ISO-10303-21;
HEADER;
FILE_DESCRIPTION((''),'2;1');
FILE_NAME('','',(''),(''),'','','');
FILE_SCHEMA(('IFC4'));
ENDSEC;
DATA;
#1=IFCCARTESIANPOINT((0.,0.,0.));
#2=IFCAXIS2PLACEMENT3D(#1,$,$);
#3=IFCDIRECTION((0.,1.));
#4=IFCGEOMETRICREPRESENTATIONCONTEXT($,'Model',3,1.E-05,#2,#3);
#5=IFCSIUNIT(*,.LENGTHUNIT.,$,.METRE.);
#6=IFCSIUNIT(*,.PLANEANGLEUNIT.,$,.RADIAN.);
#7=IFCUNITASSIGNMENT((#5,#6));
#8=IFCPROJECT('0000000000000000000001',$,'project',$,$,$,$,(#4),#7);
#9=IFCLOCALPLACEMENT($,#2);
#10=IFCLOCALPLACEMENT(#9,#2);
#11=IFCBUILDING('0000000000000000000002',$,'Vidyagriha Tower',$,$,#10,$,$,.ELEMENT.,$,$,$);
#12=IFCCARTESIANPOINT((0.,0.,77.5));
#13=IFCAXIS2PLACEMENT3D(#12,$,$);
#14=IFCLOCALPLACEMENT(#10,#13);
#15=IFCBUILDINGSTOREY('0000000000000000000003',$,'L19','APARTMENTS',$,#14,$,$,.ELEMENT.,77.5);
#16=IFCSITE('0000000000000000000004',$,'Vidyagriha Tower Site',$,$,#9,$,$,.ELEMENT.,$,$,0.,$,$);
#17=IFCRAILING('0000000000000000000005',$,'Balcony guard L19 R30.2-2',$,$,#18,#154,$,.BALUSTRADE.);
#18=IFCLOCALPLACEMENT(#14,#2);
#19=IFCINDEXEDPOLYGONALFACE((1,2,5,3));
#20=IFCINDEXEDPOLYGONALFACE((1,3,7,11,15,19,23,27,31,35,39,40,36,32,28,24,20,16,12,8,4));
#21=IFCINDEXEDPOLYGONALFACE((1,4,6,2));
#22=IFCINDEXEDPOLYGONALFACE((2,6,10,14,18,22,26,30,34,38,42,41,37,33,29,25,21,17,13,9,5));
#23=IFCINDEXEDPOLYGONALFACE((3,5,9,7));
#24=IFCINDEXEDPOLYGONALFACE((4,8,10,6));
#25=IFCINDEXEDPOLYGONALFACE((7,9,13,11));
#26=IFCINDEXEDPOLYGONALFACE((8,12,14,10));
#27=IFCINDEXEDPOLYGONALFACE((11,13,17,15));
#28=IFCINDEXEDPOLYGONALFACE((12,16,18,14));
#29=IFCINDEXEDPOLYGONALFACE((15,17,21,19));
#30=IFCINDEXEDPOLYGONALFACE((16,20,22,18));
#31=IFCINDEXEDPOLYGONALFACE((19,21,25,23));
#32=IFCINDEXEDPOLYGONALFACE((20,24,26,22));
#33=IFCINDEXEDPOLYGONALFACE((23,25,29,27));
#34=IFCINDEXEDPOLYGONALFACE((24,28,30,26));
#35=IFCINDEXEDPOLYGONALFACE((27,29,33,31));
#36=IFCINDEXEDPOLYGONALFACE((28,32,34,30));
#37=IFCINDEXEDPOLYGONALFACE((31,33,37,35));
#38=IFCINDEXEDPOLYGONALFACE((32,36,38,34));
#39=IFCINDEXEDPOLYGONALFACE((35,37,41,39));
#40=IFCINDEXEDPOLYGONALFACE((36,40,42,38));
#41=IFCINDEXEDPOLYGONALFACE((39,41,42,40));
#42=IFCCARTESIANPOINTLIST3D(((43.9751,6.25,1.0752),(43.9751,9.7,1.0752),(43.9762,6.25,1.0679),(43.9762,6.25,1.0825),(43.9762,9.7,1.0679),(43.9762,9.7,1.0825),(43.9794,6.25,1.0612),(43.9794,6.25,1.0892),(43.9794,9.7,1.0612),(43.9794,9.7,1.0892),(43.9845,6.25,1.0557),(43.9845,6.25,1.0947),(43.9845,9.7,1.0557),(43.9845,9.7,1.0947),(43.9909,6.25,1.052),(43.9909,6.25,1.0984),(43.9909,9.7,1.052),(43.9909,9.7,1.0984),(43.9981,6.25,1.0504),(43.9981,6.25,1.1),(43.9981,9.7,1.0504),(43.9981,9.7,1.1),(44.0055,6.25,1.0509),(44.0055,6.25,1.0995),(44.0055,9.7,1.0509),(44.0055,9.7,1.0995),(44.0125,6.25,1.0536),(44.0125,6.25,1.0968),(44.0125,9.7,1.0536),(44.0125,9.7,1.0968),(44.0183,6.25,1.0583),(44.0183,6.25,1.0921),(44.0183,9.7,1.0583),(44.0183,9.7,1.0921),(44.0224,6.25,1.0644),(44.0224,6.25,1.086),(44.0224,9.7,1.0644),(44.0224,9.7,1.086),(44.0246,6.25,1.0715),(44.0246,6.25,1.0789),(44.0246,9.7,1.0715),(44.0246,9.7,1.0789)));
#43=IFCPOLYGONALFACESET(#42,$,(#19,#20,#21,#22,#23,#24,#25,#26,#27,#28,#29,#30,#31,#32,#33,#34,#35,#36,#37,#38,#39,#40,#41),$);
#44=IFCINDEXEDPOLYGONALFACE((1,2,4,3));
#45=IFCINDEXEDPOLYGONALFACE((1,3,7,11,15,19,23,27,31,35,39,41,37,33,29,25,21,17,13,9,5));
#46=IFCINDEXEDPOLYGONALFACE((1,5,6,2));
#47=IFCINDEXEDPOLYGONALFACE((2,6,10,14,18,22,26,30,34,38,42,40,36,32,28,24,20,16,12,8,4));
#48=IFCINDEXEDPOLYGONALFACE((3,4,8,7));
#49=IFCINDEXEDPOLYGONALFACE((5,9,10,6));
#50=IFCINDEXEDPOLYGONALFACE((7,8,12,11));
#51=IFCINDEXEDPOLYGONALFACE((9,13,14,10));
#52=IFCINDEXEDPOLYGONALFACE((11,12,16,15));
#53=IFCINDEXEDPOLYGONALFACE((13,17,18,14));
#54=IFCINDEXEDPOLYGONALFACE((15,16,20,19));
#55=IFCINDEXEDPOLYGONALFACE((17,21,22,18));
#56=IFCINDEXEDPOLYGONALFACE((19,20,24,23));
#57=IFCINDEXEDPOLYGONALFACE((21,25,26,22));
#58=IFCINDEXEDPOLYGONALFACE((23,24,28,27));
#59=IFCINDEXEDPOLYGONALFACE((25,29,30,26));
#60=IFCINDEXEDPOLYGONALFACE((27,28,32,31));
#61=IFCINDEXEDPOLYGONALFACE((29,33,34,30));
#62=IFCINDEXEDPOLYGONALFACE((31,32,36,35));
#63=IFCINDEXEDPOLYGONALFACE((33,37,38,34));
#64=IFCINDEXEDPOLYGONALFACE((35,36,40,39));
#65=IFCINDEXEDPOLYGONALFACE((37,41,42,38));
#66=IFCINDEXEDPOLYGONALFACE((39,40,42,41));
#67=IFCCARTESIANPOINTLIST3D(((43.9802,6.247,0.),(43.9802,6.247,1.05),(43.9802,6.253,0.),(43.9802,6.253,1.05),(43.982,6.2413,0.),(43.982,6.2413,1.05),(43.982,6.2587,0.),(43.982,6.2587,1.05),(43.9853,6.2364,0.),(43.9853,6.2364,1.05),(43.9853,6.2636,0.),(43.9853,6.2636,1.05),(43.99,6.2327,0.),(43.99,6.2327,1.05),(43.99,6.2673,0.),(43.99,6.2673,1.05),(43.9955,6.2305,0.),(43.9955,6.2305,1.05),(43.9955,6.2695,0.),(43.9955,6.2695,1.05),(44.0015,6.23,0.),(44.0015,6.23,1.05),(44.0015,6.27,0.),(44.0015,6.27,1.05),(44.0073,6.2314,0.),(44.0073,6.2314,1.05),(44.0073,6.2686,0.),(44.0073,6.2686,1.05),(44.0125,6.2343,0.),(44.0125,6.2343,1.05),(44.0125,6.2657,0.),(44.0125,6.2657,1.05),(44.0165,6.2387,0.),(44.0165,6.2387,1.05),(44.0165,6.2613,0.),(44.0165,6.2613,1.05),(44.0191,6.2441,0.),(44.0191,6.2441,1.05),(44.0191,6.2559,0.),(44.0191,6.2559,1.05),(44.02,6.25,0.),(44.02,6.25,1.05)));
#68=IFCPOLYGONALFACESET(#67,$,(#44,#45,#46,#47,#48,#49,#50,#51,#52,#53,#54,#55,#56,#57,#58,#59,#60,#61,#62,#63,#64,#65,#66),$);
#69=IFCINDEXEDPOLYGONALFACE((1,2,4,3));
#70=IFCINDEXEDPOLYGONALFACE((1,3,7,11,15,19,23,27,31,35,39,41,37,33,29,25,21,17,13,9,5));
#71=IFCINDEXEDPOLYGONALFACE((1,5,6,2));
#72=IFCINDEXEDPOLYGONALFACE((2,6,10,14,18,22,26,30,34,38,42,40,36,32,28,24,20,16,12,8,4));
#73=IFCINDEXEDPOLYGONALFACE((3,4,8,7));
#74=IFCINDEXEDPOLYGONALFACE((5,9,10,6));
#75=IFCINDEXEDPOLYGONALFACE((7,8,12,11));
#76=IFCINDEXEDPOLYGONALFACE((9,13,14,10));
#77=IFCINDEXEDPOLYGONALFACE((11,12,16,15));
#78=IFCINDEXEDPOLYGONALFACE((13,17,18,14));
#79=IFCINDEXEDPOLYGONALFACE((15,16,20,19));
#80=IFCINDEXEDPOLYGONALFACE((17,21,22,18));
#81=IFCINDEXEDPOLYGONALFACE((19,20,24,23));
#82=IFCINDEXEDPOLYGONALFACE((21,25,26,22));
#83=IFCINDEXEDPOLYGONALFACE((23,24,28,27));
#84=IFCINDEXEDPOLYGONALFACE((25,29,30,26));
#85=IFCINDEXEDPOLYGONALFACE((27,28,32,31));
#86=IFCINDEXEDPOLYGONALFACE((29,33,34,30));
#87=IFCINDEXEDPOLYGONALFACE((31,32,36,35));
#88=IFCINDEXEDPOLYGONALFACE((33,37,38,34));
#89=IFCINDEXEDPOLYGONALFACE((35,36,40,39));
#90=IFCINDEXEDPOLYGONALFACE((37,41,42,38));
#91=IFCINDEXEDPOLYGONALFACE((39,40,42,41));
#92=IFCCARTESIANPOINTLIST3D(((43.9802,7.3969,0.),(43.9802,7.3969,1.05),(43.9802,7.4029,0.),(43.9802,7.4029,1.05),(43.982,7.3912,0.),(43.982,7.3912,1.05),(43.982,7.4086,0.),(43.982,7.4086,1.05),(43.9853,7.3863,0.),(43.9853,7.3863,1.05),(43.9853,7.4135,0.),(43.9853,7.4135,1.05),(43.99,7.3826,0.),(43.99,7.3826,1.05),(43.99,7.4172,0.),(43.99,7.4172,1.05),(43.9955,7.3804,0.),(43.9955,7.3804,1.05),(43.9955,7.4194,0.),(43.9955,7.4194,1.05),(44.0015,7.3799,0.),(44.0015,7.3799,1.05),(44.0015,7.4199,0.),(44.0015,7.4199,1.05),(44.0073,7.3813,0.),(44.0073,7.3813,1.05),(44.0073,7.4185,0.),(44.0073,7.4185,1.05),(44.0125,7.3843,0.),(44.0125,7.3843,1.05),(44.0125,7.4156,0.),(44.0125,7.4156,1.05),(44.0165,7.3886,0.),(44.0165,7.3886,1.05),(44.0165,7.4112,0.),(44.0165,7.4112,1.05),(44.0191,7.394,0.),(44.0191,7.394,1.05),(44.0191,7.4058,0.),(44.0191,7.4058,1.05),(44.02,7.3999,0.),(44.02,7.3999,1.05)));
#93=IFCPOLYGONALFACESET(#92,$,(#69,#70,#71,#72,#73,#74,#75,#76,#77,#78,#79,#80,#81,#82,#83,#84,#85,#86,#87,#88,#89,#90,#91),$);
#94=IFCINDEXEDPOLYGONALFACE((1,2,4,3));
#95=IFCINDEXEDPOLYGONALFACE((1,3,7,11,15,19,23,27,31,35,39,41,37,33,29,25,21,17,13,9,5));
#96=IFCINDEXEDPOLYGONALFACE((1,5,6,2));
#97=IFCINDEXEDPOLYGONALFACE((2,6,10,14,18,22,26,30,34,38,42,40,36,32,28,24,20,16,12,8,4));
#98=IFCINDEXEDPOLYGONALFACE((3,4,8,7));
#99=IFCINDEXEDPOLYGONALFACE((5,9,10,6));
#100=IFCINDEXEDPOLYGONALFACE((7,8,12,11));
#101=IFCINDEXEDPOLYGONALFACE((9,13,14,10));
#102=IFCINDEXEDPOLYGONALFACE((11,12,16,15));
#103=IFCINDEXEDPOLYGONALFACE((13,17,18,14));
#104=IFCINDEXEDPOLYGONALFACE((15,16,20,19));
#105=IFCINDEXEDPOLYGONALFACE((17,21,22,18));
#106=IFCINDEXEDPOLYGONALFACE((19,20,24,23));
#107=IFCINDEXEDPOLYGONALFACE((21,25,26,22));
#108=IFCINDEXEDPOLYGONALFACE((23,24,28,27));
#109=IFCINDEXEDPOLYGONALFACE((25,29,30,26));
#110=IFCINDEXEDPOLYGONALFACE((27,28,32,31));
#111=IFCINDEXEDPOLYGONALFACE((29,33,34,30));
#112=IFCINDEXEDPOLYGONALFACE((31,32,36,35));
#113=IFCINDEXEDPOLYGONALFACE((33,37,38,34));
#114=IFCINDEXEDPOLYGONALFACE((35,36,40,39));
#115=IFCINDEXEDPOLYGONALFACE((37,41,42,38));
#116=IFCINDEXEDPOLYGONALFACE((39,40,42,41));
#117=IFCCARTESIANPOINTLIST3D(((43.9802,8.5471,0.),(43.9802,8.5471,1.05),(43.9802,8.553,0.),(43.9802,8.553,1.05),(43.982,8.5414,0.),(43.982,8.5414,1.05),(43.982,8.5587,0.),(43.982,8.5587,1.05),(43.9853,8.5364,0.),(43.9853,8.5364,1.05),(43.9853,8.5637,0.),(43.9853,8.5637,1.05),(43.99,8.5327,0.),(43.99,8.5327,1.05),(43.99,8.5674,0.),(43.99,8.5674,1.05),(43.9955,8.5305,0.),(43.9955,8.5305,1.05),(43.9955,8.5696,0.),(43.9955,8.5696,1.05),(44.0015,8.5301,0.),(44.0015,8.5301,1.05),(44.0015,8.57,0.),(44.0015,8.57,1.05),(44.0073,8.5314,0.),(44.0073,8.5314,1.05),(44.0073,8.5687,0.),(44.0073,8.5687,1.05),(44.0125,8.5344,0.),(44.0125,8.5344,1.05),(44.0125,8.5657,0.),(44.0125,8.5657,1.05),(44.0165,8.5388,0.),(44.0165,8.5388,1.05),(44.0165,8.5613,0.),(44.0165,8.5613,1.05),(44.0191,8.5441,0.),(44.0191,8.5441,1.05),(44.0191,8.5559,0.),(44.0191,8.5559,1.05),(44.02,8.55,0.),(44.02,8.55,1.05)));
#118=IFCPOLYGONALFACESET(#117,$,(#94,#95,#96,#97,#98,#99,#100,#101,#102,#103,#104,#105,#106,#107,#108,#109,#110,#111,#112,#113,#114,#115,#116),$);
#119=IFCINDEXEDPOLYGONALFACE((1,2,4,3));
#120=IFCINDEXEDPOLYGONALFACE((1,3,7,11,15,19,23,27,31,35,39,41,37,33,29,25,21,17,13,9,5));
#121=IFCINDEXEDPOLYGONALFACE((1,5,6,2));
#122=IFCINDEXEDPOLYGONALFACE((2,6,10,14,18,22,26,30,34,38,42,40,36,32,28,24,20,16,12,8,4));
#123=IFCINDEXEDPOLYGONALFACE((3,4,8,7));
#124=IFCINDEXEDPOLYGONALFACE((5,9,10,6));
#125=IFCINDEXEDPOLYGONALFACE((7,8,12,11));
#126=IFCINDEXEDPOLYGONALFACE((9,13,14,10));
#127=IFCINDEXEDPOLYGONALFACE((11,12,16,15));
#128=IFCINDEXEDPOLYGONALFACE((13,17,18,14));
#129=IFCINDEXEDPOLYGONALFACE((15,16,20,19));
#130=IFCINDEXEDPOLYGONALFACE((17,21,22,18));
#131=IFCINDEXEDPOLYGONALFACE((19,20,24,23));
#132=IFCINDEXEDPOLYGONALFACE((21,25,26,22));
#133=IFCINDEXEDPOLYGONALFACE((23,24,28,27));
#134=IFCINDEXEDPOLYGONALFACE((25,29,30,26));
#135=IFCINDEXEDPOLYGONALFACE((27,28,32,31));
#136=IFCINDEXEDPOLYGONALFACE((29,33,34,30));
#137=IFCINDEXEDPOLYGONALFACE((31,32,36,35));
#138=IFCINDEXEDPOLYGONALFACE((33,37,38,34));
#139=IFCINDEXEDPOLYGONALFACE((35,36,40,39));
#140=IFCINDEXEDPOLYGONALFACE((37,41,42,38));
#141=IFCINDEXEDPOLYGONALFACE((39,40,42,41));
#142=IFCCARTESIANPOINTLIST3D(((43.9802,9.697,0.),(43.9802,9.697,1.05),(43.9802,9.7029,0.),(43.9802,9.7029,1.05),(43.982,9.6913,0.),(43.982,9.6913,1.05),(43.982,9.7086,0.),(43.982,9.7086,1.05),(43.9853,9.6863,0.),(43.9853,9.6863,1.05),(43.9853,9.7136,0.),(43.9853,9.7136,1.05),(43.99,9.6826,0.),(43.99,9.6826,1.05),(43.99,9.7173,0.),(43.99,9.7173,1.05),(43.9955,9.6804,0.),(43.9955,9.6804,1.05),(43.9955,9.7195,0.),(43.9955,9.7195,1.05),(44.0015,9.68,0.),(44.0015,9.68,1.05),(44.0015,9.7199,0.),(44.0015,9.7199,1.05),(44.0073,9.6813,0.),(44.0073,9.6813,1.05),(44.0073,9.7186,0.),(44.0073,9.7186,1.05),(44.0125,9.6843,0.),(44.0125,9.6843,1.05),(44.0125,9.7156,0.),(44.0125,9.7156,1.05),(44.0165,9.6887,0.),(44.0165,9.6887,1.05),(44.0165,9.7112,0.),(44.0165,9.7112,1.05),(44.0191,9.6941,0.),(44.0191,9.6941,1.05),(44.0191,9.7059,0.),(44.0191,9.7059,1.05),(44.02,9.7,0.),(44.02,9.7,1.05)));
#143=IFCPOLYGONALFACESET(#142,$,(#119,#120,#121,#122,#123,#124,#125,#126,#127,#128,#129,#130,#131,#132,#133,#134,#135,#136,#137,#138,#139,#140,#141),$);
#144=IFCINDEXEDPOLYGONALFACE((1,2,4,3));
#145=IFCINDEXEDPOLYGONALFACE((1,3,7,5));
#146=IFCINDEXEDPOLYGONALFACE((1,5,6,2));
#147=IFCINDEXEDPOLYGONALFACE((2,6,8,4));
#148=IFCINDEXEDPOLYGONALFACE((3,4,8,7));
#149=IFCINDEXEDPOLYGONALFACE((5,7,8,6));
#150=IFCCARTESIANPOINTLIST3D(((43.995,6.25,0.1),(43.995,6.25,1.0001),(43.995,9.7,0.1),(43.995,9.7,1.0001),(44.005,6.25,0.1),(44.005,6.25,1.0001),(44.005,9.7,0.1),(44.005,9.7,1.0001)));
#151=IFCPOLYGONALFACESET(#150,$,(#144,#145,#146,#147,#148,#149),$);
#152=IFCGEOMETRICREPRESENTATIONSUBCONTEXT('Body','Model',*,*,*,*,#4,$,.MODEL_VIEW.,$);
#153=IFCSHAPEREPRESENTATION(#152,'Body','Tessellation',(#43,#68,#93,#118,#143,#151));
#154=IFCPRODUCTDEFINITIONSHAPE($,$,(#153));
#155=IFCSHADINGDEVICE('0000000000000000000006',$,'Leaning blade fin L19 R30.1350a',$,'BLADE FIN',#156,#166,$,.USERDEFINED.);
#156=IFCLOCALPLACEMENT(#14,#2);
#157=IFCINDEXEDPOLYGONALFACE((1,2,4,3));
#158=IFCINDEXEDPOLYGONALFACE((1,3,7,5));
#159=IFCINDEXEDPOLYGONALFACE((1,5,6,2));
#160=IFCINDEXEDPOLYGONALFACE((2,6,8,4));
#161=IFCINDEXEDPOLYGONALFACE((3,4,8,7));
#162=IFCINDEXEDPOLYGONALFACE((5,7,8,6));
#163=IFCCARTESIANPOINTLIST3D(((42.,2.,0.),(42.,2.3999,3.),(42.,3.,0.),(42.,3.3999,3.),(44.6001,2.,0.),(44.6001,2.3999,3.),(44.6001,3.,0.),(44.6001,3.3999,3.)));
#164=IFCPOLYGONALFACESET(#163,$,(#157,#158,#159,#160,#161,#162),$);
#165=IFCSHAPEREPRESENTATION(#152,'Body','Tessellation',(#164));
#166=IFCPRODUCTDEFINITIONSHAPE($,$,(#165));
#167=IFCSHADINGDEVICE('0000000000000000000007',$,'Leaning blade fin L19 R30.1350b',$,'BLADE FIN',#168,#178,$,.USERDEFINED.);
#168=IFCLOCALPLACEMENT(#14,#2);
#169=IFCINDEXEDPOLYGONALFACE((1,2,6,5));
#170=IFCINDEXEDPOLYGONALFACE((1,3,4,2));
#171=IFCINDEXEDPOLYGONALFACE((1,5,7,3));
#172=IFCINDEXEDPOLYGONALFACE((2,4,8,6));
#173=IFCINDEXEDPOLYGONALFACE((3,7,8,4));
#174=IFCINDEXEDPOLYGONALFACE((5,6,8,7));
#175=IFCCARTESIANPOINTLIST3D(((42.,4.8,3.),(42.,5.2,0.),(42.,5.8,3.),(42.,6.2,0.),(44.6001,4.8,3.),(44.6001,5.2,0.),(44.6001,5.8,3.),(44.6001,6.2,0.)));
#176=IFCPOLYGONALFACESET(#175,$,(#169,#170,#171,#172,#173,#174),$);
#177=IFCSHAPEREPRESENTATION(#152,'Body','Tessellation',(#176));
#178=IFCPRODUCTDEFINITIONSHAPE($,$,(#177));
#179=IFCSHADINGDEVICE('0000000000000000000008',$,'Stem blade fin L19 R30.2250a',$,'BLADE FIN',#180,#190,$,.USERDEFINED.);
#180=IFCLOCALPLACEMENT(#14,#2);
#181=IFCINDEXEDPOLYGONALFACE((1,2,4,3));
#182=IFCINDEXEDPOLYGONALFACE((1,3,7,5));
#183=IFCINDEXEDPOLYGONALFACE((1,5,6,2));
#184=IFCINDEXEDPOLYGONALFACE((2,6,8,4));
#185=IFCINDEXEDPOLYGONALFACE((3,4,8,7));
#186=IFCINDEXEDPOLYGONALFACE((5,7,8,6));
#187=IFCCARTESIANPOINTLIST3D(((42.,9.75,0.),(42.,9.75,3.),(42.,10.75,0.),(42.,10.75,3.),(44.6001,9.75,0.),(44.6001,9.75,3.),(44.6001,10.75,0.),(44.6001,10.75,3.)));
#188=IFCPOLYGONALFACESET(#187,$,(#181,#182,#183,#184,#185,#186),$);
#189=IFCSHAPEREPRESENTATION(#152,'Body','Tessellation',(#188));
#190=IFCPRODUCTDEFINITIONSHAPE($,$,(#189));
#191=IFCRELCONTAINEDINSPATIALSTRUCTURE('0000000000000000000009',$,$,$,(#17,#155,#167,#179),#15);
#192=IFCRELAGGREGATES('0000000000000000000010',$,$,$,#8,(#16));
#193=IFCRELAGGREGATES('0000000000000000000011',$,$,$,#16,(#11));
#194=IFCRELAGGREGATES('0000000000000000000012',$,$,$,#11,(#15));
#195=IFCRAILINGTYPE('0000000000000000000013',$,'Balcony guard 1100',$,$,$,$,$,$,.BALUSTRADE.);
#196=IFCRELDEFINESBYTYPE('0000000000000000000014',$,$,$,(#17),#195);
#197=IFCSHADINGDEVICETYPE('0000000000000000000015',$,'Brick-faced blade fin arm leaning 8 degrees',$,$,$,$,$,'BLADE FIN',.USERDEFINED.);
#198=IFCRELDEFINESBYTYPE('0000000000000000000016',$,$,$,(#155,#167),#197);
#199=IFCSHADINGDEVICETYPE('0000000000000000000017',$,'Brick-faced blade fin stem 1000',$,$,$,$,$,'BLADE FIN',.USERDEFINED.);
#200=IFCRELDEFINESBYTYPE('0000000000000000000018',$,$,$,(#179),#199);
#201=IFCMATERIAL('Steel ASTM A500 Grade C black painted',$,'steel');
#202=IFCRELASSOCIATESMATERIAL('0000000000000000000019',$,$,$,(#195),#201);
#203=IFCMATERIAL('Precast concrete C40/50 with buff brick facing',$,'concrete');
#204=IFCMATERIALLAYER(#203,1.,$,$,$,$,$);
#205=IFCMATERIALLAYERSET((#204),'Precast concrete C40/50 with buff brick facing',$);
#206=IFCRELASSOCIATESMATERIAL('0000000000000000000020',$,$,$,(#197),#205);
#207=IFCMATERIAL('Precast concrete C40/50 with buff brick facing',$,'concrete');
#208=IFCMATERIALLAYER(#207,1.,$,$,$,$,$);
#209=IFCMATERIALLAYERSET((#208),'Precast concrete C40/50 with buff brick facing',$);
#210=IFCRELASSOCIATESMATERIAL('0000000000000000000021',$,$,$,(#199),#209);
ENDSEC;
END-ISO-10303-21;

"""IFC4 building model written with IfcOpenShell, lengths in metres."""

from ifc_helpers import new_model, si_unit, direction, frame, origin, origin_2d, place, context, subcontext, project, spatial, polyline, rectangle, circle, outline, extrude, material, layer, layer_set, type_object, element, save


model = new_model("IFC4")

# Units and contexts
model_context = context("Model", 3, precision=1e-05, world=origin(), true_north=direction((0.0, 1.0)))
body_context = subcontext(model_context, "Body", "Model", "MODEL_VIEW")
ifc_project = project(units=[si_unit("LENGTHUNIT", "METRE"), si_unit("PLANEANGLEUNIT", "RADIAN")], contexts=[model_context])

# Site, building, storey
site_placement = place(None, origin())
site = spatial("IfcSite", under=ifc_project, at=site_placement, Name="Vidyagriha Tower Site", CompositionType="ELEMENT", RefElevation=0.0)
building_placement = place(site_placement, origin())
building = spatial("IfcBuilding", under=site, at=building_placement, Name="Vidyagriha Tower", CompositionType="ELEMENT")
storey_placement = place(building_placement, frame((0.0, 0.0, 77.5)))
storey = spatial("IfcBuildingStorey", under=building, at=storey_placement, Name="L19", Description="APARTMENTS", CompositionType="ELEMENT", Elevation=77.5)

# Railing
ifc_material_1 = material(Name="Steel ASTM A500 Grade C black painted", Category="steel")
railing_type_1 = type_object("IfcRailingType", Name="Balcony guard 1100", PredefinedType="BALUSTRADE", material=ifc_material_1)
railing_1_placement = place(storey_placement, frame((44.0, 6.25, 0.0)))
element("IfcRailing", 1, at=railing_1_placement, inside=storey, type_object=railing_type_1, Name="Balcony guard L19 R30.2-2", PredefinedType="BALUSTRADE", context=body_context, shape_type="SweptSolid", body=[
    extrude(circle(Radius=0.0249, at=origin_2d()), frame((0.0, 0.0, 1.0752), z_axis=(0.0, 1.0, 0.0), x_axis=(-1.0, 0.0, 0.0)), (0.0, 0.0, 1.0), 3.45),
    extrude(circle(Radius=0.02, at=origin_2d()), origin(), (0.0, 0.0, 1.0), 1.05),
    extrude(circle(Radius=0.02, at=origin_2d()), frame((0.0, 1.1499, 0.0)), (0.0, 0.0, 1.0), 1.05),
    extrude(circle(Radius=0.02, at=origin_2d()), frame((0.0, 2.3, 0.0)), (0.0, 0.0, 1.0), 1.05),
    extrude(circle(Radius=0.02, at=origin_2d()), frame((0.0, 3.45, 0.0)), (0.0, 0.0, 1.0), 1.05),
    extrude(rectangle(XDim=0.01, YDim=0.9001, at=origin_2d()), frame((0.0, 0.0, 0.55), z_axis=(0.0, 1.0, 0.0), x_axis=(-1.0, 0.0, 0.0)), (0.0, 0.0, 1.0), 3.45),
])

# Shading devices
ifc_material_2 = material(Name="Precast concrete C40/50 with buff brick facing", Category="concrete")
ifc_layer_1 = layer(ifc_material_2, 1.0)
ifc_layer_set_1 = layer_set([ifc_layer_1], Name="Precast concrete C40/50 with buff brick facing")
shading_device_type_1 = type_object("IfcShadingDeviceType", Name="Brick-faced blade fin arm leaning 8 degrees", ElementType="BLADE FIN", PredefinedType="USERDEFINED", material=ifc_layer_set_1)
shading_device_1_placement = place(storey_placement, frame((43.3, 2.0, 0.0), z_axis=(0.0, 0.0, 1.0), x_axis=(0.0, 1.0, 0.0)))
element("IfcShadingDevice", 2, at=shading_device_1_placement, inside=storey, type_object=shading_device_type_1, Name="Leaning blade fin L19 R30.1350a", ObjectType="BLADE FIN", PredefinedType="USERDEFINED", context=body_context, shape_type="SweptSolid", body=[
    extrude(outline(polyline([(0.0, 0.0), (1.0, 0.0), (1.3999, 3.0), (0.3999, 3.0), (0.0, 0.0)])), frame((0.0, 1.3, 0.0), z_axis=(0.0, -1.0, 0.0), x_axis=(1.0, 0.0, 0.0)), (0.0, 0.0, 1.0), 2.6001),
])
shading_device_2_placement = place(storey_placement, frame((43.3, 4.8, 0.0), z_axis=(0.0, 0.0, 1.0), x_axis=(0.0, 1.0, 0.0)))
element("IfcShadingDevice", 3, at=shading_device_2_placement, inside=storey, type_object=shading_device_type_1, Name="Leaning blade fin L19 R30.1350b", ObjectType="BLADE FIN", PredefinedType="USERDEFINED", context=body_context, shape_type="SweptSolid", body=[
    extrude(outline(polyline([(0.3999, 0.0), (1.3999, 0.0), (1.0, 3.0), (0.0, 3.0), (0.3999, 0.0)])), frame((0.0, 1.3, 0.0), z_axis=(0.0, -1.0, 0.0), x_axis=(1.0, 0.0, 0.0)), (0.0, 0.0, 1.0), 2.6001),
])
ifc_material_3 = material(Name="Precast concrete C40/50 with buff brick facing", Category="concrete")
ifc_layer_2 = layer(ifc_material_3, 1.0)
ifc_layer_set_2 = layer_set([ifc_layer_2], Name="Precast concrete C40/50 with buff brick facing")
shading_device_type_2 = type_object("IfcShadingDeviceType", Name="Brick-faced blade fin stem 1000", ElementType="BLADE FIN", PredefinedType="USERDEFINED", material=ifc_layer_set_2)
shading_device_3_placement = place(storey_placement, frame((43.3, 9.75, 0.0), z_axis=(0.0, 0.0, 1.0), x_axis=(0.0, 1.0, 0.0)))
element("IfcShadingDevice", 4, at=shading_device_3_placement, inside=storey, type_object=shading_device_type_2, Name="Stem blade fin L19 R30.2250a", ObjectType="BLADE FIN", PredefinedType="USERDEFINED", context=body_context, shape_type="SweptSolid", body=[
    extrude(outline(polyline([(0.0, 0.0), (1.0, 0.0), (1.0, 3.0), (0.0, 3.0), (0.0, 0.0)])), frame((0.0, 1.3, 0.0), z_axis=(0.0, -1.0, 0.0), x_axis=(1.0, 0.0, 0.0)), (0.0, 0.0, 1.0), 2.6001),
])

save(model, "model.ifc")
